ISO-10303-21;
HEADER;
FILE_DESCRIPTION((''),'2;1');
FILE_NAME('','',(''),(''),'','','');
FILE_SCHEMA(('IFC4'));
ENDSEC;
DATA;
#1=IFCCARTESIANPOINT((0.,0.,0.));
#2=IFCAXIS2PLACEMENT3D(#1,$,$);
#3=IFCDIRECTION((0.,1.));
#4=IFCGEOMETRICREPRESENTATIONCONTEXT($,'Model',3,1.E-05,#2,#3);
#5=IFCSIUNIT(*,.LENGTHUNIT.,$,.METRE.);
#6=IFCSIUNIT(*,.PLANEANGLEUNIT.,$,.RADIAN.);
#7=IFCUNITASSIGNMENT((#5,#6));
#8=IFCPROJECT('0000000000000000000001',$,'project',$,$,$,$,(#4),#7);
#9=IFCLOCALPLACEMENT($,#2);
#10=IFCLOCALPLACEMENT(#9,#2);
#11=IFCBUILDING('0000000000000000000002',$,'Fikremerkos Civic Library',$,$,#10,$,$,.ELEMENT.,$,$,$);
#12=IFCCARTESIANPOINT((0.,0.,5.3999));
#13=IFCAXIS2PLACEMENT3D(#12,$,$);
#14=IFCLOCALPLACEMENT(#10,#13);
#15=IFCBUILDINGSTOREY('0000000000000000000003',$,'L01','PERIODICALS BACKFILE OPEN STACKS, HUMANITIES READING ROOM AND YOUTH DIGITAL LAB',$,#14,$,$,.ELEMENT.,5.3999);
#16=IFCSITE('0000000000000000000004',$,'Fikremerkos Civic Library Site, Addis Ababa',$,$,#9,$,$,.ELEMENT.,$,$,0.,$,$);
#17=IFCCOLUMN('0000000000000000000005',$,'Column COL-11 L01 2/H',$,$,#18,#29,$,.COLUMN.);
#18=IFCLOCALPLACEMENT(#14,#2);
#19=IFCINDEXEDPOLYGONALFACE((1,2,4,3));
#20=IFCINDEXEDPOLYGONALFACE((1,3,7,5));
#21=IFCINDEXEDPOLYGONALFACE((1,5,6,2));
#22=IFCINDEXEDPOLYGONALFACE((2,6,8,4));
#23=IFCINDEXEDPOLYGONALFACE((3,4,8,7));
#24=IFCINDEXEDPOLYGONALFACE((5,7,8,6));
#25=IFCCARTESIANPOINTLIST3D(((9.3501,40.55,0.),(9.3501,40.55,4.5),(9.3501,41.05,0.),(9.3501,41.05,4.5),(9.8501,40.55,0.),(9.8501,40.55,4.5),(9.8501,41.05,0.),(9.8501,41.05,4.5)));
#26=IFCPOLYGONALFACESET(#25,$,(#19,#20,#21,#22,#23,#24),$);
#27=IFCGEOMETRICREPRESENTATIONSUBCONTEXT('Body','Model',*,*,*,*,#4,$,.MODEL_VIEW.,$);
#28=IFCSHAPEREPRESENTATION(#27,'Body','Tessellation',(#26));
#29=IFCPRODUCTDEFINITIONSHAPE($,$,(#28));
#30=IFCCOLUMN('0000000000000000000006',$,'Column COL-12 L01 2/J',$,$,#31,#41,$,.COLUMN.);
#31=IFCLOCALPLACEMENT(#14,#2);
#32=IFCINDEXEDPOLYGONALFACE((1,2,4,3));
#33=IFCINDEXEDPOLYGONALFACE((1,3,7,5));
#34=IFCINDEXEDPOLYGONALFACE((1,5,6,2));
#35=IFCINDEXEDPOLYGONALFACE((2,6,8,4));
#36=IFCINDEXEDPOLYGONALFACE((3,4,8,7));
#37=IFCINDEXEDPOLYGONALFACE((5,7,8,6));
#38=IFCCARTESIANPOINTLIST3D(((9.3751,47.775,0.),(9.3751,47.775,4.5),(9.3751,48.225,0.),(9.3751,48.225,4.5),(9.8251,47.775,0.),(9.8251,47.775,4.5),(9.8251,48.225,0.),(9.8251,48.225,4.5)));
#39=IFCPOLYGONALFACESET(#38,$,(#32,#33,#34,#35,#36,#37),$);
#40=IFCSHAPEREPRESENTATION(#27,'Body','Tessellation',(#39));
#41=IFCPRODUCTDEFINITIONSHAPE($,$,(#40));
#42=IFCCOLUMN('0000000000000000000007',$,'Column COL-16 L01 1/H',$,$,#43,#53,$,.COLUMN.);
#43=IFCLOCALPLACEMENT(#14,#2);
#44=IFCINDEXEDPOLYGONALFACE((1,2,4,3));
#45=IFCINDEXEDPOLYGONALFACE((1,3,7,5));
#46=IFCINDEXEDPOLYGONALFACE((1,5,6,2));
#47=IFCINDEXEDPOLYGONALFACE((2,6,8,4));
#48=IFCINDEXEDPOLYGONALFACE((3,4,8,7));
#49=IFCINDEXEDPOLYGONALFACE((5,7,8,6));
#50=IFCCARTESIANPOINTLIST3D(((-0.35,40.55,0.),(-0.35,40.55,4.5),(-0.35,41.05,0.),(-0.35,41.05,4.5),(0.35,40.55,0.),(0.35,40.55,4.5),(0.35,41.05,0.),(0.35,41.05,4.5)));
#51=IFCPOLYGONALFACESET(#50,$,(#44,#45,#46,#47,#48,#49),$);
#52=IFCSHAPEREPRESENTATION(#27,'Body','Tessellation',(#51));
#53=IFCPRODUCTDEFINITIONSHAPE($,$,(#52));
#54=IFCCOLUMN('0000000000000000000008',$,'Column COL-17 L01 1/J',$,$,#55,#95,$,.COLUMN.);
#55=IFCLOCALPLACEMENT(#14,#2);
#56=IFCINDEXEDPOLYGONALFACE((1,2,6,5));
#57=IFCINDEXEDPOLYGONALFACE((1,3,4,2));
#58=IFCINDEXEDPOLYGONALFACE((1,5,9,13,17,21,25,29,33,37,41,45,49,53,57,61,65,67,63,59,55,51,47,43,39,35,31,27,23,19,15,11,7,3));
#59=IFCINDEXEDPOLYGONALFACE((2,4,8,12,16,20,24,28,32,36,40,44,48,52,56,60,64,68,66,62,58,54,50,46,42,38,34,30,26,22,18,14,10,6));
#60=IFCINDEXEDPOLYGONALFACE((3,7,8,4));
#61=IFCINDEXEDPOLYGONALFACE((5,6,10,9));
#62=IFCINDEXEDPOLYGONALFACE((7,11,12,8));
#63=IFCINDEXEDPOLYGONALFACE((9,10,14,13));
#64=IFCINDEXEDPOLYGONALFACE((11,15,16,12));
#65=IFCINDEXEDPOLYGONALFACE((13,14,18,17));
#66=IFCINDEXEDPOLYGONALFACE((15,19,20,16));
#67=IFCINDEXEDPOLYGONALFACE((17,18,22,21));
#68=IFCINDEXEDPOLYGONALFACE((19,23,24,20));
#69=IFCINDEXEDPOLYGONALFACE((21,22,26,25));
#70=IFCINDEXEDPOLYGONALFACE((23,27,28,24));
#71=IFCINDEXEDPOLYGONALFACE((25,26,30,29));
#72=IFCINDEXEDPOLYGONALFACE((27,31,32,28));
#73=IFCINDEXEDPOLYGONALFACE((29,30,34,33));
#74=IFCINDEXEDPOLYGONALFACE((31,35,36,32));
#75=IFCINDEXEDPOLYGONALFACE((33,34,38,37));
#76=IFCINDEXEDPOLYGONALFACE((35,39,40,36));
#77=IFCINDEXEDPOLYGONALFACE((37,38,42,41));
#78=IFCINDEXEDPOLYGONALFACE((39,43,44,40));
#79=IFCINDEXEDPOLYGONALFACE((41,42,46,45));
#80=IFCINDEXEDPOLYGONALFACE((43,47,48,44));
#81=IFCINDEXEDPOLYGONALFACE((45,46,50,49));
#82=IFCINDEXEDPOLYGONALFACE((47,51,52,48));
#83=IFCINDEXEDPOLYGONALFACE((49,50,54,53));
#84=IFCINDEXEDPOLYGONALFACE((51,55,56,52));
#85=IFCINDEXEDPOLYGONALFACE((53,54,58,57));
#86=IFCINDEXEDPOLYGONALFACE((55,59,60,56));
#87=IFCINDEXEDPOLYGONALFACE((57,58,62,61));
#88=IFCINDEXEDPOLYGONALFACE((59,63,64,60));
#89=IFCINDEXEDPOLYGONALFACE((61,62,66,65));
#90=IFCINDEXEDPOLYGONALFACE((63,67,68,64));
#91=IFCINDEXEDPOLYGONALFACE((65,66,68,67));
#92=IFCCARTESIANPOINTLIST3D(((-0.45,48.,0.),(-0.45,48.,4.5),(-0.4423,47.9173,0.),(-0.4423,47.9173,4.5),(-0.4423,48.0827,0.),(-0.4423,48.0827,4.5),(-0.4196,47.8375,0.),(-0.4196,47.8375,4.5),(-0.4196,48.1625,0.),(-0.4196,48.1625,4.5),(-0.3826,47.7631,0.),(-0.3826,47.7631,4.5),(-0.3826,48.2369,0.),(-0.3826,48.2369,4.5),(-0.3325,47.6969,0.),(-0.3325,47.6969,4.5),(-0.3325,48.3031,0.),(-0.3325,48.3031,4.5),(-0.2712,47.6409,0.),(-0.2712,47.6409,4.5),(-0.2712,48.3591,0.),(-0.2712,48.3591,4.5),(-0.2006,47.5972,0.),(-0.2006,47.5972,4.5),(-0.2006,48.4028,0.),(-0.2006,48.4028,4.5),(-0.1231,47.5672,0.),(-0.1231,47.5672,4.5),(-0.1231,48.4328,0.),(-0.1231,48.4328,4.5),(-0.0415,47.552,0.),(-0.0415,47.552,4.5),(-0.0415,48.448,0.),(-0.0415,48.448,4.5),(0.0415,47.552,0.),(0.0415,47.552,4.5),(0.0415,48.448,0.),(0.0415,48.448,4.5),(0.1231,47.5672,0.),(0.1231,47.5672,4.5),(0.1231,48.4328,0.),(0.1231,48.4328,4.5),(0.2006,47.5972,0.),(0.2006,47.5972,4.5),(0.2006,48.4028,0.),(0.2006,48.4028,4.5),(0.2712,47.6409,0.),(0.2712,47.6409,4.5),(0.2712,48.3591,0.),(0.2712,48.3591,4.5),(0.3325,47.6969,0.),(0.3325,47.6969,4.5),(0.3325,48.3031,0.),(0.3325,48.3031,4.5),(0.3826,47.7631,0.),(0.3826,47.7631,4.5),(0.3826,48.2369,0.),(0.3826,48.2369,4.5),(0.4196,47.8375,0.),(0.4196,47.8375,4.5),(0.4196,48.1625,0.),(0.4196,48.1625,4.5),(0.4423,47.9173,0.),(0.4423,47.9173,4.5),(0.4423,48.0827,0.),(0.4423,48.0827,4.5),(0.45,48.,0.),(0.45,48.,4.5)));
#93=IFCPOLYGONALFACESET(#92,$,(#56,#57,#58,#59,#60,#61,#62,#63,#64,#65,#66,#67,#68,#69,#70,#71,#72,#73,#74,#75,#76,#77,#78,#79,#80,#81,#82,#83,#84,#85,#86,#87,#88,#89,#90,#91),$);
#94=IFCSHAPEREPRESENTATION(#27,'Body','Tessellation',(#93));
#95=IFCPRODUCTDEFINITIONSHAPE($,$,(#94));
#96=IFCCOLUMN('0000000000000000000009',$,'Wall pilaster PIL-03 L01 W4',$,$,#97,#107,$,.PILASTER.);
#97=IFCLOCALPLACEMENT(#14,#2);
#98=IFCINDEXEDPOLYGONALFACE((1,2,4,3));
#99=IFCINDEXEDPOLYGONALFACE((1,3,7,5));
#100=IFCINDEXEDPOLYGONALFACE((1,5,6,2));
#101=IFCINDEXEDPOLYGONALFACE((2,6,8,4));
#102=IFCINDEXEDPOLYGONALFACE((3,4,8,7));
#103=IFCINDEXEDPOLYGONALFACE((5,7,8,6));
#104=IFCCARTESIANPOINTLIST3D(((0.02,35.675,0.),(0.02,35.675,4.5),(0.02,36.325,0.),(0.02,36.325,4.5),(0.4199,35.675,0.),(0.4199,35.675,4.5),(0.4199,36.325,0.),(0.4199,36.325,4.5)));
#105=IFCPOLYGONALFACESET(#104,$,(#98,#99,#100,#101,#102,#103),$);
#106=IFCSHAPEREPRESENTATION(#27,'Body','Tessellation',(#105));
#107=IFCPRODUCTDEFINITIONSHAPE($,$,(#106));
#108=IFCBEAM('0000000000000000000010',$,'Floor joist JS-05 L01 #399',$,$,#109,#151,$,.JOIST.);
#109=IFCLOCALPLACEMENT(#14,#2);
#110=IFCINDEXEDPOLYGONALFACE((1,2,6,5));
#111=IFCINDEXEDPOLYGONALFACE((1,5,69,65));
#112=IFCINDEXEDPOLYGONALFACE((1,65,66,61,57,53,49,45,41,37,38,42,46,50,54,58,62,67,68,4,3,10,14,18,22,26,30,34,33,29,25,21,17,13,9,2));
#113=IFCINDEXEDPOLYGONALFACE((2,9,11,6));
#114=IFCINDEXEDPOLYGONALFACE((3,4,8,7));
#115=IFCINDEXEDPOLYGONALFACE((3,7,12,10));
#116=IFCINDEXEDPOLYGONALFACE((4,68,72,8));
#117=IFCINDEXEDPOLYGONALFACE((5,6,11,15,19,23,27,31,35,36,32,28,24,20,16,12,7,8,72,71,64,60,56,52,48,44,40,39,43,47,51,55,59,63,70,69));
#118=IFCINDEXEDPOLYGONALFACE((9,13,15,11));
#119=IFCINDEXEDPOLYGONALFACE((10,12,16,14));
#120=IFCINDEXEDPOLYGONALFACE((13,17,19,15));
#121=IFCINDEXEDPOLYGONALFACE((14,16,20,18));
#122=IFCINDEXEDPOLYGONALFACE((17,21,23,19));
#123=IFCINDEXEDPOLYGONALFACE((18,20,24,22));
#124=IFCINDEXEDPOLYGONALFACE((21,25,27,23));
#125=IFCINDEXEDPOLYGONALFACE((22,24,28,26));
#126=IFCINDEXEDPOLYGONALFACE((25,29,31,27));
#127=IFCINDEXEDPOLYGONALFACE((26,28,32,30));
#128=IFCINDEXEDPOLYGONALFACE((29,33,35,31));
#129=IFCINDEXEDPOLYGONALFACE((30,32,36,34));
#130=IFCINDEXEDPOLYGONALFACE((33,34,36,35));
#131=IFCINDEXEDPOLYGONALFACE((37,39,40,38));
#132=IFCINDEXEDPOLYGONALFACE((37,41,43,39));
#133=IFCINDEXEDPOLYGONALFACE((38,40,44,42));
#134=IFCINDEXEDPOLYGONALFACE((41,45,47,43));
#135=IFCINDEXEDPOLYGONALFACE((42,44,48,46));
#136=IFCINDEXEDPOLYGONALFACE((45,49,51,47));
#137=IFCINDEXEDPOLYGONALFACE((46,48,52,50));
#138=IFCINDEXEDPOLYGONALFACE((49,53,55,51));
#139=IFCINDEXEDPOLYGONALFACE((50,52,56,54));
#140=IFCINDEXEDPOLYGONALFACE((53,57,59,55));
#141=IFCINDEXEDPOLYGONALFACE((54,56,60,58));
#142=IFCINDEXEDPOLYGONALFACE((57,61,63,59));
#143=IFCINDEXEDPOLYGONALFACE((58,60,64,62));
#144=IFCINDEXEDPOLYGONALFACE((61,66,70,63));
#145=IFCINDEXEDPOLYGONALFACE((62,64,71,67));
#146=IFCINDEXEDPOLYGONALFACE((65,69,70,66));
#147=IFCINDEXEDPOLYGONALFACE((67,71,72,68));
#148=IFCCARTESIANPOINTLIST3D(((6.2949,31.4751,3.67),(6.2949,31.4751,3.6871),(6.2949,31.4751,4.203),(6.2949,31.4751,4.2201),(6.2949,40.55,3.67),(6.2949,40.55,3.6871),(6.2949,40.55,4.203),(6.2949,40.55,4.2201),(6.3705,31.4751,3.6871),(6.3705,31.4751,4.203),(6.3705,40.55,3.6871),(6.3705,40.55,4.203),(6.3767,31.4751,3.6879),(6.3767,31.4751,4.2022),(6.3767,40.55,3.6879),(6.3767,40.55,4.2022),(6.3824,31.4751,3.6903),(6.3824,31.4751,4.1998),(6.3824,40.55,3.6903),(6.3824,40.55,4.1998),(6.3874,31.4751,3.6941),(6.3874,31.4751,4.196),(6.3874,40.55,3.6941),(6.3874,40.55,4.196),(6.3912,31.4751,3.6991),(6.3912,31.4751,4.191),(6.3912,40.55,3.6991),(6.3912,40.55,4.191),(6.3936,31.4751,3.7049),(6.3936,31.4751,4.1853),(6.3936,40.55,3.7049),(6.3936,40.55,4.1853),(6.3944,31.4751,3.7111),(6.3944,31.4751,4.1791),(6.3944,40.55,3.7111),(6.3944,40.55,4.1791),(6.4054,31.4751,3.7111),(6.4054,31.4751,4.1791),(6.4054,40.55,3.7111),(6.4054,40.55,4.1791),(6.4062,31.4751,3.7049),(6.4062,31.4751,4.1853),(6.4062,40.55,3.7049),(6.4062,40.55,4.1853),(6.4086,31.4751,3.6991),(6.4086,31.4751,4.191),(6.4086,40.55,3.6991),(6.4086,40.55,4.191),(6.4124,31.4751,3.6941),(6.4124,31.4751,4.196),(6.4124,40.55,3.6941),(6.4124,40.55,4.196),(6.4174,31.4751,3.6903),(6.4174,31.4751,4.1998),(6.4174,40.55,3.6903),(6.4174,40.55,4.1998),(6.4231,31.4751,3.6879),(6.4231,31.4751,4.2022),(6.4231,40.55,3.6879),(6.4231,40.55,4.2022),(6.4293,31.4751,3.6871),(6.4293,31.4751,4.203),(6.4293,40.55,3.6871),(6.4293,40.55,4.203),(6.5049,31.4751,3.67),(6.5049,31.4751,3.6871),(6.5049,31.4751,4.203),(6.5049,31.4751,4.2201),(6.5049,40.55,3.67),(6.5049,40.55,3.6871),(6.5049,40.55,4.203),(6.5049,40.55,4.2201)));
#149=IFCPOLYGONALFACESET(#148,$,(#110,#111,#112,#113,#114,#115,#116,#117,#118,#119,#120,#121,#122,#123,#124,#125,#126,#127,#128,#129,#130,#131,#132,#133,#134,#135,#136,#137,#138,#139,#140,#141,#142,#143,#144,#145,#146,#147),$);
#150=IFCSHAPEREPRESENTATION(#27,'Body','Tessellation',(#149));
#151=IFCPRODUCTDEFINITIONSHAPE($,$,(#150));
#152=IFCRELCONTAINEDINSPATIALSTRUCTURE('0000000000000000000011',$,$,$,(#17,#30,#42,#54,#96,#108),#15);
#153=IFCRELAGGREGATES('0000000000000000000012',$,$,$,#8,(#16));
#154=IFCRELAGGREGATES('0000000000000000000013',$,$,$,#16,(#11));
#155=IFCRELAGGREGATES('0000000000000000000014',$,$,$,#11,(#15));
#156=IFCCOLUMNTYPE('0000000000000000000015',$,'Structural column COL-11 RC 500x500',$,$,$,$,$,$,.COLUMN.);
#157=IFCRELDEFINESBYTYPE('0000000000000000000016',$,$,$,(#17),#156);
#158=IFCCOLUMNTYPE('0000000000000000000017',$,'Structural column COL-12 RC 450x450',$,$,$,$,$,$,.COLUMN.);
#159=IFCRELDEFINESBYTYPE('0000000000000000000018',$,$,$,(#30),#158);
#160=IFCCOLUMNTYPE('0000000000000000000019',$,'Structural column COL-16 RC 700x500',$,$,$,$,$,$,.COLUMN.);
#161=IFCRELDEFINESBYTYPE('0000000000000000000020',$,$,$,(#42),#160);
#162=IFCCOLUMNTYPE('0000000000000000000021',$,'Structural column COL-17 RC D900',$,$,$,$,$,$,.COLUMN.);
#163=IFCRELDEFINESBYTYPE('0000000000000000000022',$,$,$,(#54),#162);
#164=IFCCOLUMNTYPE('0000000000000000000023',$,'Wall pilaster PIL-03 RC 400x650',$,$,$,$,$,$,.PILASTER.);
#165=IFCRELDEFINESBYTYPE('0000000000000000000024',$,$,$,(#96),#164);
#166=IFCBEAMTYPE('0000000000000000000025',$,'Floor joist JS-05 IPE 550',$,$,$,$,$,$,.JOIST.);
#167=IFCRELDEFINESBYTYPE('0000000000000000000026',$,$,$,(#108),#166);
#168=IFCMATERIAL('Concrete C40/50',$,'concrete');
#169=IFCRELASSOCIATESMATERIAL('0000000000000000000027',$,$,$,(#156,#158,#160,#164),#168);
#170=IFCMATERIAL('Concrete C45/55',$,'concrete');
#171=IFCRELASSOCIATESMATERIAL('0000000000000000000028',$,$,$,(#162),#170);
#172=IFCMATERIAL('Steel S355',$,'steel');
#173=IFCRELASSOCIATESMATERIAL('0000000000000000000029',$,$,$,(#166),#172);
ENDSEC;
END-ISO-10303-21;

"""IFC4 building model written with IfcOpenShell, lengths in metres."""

from ifc_helpers import new_model, si_unit, direction, frame, origin, origin_2d, place, context, subcontext, project, spatial, rectangle, circle, i_section, extrude, material, material_profile, profile_set, type_object, element, save


model = new_model("IFC4")

# Units and contexts
model_context = context("Model", 3, precision=1e-05, world=origin(), true_north=direction((0.0, 1.0)))
body_context = subcontext(model_context, "Body", "Model", "MODEL_VIEW")
ifc_project = project(units=[si_unit("LENGTHUNIT", "METRE"), si_unit("PLANEANGLEUNIT", "RADIAN")], contexts=[model_context])

# Site, building, storey
site_placement = place(None, origin())
site = spatial("IfcSite", under=ifc_project, at=site_placement, Name="Fikremerkos Civic Library Site, Addis Ababa", CompositionType="ELEMENT", RefElevation=0.0)
building_placement = place(site_placement, origin())
building = spatial("IfcBuilding", under=site, at=building_placement, Name="Fikremerkos Civic Library", CompositionType="ELEMENT")
storey_placement = place(building_placement, frame((0.0, 0.0, 5.3999)))
storey = spatial("IfcBuildingStorey", under=building, at=storey_placement, Name="L01", Description="PERIODICALS BACKFILE OPEN STACKS, HUMANITIES READING ROOM AND YOUTH DIGITAL LAB", CompositionType="ELEMENT", Elevation=5.3999)

# Columns
ifc_material_1 = material(Name="Concrete C40/50", Category="concrete")
ifc_material_profile_1 = material_profile(ifc_material_1, rectangle(XDim=0.5, YDim=0.5, at=origin_2d()), Name="RC 500x500")
ifc_profile_set_1 = profile_set([ifc_material_profile_1], Name="Concrete C40/50")
column_type_1 = type_object("IfcColumnType", Name="Structural column COL-11 RC 500x500", PredefinedType="COLUMN", material=ifc_profile_set_1)
column_1_placement = place(storey_placement, frame((9.6001, 40.8, 0.0), z_axis=(0.0, 0.0, 1.0), x_axis=(1.0, 0.0, 0.0)))
element("IfcColumn", 1, at=column_1_placement, inside=storey, type_object=column_type_1, Name="Column COL-11 L01 2/H", PredefinedType="COLUMN", context=body_context, shape_type="SweptSolid", body=[
    extrude(rectangle(XDim=0.5, YDim=0.5, at=origin_2d()), origin(), (0.0, 0.0, 1.0), 4.5),
])
ifc_material_profile_2 = material_profile(ifc_material_1, rectangle(XDim=0.45, YDim=0.45, at=origin_2d()), Name="RC 450x450")
ifc_profile_set_2 = profile_set([ifc_material_profile_2], Name="Concrete C40/50")
column_type_2 = type_object("IfcColumnType", Name="Structural column COL-12 RC 450x450", PredefinedType="COLUMN", material=ifc_profile_set_2)
column_2_placement = place(storey_placement, frame((9.6001, 48.0, 0.0), z_axis=(0.0, 0.0, 1.0), x_axis=(1.0, 0.0, 0.0)))
element("IfcColumn", 2, at=column_2_placement, inside=storey, type_object=column_type_2, Name="Column COL-12 L01 2/J", PredefinedType="COLUMN", context=body_context, shape_type="SweptSolid", body=[
    extrude(rectangle(XDim=0.45, YDim=0.45, at=origin_2d()), origin(), (0.0, 0.0, 1.0), 4.5),
])
ifc_material_profile_3 = material_profile(ifc_material_1, rectangle(XDim=0.7, YDim=0.5, at=origin_2d()), Name="RC 700x500")
ifc_profile_set_3 = profile_set([ifc_material_profile_3], Name="Concrete C40/50")
column_type_3 = type_object("IfcColumnType", Name="Structural column COL-16 RC 700x500", PredefinedType="COLUMN", material=ifc_profile_set_3)
column_3_placement = place(storey_placement, frame((0.0, 40.8, 0.0), z_axis=(0.0, 0.0, 1.0), x_axis=(1.0, 0.0, 0.0)))
element("IfcColumn", 3, at=column_3_placement, inside=storey, type_object=column_type_3, Name="Column COL-16 L01 1/H", PredefinedType="COLUMN", context=body_context, shape_type="SweptSolid", body=[
    extrude(rectangle(XDim=0.7, YDim=0.5, at=origin_2d()), origin(), (0.0, 0.0, 1.0), 4.5),
])
ifc_material_2 = material(Name="Concrete C45/55", Category="concrete")
ifc_material_profile_4 = material_profile(ifc_material_2, circle(Radius=0.45, at=origin_2d()), Name="RC D900")
ifc_profile_set_4 = profile_set([ifc_material_profile_4], Name="Concrete C45/55")
column_type_4 = type_object("IfcColumnType", Name="Structural column COL-17 RC D900", PredefinedType="COLUMN", material=ifc_profile_set_4)
column_4_placement = place(storey_placement, frame((0.0, 48.0, 0.0), z_axis=(0.0, 0.0, 1.0), x_axis=(1.0, 0.0, 0.0)))
element("IfcColumn", 4, at=column_4_placement, inside=storey, type_object=column_type_4, Name="Column COL-17 L01 1/J", PredefinedType="COLUMN", context=body_context, shape_type="SweptSolid", body=[
    extrude(circle(Radius=0.45, at=origin_2d()), origin(), (0.0, 0.0, 1.0), 4.5),
])
ifc_material_profile_5 = material_profile(ifc_material_1, rectangle(XDim=0.3999, YDim=0.6499, at=origin_2d()), Name="RC 400x650")
ifc_profile_set_5 = profile_set([ifc_material_profile_5], Name="Concrete C40/50")
column_type_5 = type_object("IfcColumnType", Name="Wall pilaster PIL-03 RC 400x650", PredefinedType="PILASTER", material=ifc_profile_set_5)
column_5_placement = place(storey_placement, frame((0.22, 36.0, 0.0), z_axis=(0.0, 0.0, 1.0), x_axis=(1.0, 0.0, 0.0)))
element("IfcColumn", 5, at=column_5_placement, inside=storey, type_object=column_type_5, Name="Wall pilaster PIL-03 L01 W4", PredefinedType="PILASTER", context=body_context, shape_type="SweptSolid", body=[
    extrude(rectangle(XDim=0.3999, YDim=0.6499, at=origin_2d()), origin(), (0.0, 0.0, 1.0), 4.5),
])

# Beam
ifc_material_3 = material(Name="Steel S355", Category="steel")
ifc_material_profile_6 = material_profile(ifc_material_3, i_section(OverallWidth=0.21, OverallDepth=0.55, WebThickness=0.011, FlangeThickness=0.0171, FilletRadius=0.0239, at=origin_2d()), Name="IPE 550")
ifc_profile_set_6 = profile_set([ifc_material_profile_6], Name="Steel S355")
beam_type_1 = type_object("IfcBeamType", Name="Floor joist JS-05 IPE 550", PredefinedType="JOIST", material=ifc_profile_set_6)
beam_1_placement = place(storey_placement, frame((6.3999, 31.4751, 3.9451), z_axis=(0.0, 1.0, 0.0), x_axis=(-1.0, 0.0, 0.0)))
element("IfcBeam", 6, at=beam_1_placement, inside=storey, type_object=beam_type_1, Name="Floor joist JS-05 L01 #399", PredefinedType="JOIST", context=body_context, shape_type="SweptSolid", body=[
    extrude(i_section(OverallWidth=0.21, OverallDepth=0.55, WebThickness=0.011, FlangeThickness=0.0171, FilletRadius=0.0239, at=origin_2d()), origin(), (0.0, 0.0, 1.0), 9.075),
])

save(model, "model.ifc")
